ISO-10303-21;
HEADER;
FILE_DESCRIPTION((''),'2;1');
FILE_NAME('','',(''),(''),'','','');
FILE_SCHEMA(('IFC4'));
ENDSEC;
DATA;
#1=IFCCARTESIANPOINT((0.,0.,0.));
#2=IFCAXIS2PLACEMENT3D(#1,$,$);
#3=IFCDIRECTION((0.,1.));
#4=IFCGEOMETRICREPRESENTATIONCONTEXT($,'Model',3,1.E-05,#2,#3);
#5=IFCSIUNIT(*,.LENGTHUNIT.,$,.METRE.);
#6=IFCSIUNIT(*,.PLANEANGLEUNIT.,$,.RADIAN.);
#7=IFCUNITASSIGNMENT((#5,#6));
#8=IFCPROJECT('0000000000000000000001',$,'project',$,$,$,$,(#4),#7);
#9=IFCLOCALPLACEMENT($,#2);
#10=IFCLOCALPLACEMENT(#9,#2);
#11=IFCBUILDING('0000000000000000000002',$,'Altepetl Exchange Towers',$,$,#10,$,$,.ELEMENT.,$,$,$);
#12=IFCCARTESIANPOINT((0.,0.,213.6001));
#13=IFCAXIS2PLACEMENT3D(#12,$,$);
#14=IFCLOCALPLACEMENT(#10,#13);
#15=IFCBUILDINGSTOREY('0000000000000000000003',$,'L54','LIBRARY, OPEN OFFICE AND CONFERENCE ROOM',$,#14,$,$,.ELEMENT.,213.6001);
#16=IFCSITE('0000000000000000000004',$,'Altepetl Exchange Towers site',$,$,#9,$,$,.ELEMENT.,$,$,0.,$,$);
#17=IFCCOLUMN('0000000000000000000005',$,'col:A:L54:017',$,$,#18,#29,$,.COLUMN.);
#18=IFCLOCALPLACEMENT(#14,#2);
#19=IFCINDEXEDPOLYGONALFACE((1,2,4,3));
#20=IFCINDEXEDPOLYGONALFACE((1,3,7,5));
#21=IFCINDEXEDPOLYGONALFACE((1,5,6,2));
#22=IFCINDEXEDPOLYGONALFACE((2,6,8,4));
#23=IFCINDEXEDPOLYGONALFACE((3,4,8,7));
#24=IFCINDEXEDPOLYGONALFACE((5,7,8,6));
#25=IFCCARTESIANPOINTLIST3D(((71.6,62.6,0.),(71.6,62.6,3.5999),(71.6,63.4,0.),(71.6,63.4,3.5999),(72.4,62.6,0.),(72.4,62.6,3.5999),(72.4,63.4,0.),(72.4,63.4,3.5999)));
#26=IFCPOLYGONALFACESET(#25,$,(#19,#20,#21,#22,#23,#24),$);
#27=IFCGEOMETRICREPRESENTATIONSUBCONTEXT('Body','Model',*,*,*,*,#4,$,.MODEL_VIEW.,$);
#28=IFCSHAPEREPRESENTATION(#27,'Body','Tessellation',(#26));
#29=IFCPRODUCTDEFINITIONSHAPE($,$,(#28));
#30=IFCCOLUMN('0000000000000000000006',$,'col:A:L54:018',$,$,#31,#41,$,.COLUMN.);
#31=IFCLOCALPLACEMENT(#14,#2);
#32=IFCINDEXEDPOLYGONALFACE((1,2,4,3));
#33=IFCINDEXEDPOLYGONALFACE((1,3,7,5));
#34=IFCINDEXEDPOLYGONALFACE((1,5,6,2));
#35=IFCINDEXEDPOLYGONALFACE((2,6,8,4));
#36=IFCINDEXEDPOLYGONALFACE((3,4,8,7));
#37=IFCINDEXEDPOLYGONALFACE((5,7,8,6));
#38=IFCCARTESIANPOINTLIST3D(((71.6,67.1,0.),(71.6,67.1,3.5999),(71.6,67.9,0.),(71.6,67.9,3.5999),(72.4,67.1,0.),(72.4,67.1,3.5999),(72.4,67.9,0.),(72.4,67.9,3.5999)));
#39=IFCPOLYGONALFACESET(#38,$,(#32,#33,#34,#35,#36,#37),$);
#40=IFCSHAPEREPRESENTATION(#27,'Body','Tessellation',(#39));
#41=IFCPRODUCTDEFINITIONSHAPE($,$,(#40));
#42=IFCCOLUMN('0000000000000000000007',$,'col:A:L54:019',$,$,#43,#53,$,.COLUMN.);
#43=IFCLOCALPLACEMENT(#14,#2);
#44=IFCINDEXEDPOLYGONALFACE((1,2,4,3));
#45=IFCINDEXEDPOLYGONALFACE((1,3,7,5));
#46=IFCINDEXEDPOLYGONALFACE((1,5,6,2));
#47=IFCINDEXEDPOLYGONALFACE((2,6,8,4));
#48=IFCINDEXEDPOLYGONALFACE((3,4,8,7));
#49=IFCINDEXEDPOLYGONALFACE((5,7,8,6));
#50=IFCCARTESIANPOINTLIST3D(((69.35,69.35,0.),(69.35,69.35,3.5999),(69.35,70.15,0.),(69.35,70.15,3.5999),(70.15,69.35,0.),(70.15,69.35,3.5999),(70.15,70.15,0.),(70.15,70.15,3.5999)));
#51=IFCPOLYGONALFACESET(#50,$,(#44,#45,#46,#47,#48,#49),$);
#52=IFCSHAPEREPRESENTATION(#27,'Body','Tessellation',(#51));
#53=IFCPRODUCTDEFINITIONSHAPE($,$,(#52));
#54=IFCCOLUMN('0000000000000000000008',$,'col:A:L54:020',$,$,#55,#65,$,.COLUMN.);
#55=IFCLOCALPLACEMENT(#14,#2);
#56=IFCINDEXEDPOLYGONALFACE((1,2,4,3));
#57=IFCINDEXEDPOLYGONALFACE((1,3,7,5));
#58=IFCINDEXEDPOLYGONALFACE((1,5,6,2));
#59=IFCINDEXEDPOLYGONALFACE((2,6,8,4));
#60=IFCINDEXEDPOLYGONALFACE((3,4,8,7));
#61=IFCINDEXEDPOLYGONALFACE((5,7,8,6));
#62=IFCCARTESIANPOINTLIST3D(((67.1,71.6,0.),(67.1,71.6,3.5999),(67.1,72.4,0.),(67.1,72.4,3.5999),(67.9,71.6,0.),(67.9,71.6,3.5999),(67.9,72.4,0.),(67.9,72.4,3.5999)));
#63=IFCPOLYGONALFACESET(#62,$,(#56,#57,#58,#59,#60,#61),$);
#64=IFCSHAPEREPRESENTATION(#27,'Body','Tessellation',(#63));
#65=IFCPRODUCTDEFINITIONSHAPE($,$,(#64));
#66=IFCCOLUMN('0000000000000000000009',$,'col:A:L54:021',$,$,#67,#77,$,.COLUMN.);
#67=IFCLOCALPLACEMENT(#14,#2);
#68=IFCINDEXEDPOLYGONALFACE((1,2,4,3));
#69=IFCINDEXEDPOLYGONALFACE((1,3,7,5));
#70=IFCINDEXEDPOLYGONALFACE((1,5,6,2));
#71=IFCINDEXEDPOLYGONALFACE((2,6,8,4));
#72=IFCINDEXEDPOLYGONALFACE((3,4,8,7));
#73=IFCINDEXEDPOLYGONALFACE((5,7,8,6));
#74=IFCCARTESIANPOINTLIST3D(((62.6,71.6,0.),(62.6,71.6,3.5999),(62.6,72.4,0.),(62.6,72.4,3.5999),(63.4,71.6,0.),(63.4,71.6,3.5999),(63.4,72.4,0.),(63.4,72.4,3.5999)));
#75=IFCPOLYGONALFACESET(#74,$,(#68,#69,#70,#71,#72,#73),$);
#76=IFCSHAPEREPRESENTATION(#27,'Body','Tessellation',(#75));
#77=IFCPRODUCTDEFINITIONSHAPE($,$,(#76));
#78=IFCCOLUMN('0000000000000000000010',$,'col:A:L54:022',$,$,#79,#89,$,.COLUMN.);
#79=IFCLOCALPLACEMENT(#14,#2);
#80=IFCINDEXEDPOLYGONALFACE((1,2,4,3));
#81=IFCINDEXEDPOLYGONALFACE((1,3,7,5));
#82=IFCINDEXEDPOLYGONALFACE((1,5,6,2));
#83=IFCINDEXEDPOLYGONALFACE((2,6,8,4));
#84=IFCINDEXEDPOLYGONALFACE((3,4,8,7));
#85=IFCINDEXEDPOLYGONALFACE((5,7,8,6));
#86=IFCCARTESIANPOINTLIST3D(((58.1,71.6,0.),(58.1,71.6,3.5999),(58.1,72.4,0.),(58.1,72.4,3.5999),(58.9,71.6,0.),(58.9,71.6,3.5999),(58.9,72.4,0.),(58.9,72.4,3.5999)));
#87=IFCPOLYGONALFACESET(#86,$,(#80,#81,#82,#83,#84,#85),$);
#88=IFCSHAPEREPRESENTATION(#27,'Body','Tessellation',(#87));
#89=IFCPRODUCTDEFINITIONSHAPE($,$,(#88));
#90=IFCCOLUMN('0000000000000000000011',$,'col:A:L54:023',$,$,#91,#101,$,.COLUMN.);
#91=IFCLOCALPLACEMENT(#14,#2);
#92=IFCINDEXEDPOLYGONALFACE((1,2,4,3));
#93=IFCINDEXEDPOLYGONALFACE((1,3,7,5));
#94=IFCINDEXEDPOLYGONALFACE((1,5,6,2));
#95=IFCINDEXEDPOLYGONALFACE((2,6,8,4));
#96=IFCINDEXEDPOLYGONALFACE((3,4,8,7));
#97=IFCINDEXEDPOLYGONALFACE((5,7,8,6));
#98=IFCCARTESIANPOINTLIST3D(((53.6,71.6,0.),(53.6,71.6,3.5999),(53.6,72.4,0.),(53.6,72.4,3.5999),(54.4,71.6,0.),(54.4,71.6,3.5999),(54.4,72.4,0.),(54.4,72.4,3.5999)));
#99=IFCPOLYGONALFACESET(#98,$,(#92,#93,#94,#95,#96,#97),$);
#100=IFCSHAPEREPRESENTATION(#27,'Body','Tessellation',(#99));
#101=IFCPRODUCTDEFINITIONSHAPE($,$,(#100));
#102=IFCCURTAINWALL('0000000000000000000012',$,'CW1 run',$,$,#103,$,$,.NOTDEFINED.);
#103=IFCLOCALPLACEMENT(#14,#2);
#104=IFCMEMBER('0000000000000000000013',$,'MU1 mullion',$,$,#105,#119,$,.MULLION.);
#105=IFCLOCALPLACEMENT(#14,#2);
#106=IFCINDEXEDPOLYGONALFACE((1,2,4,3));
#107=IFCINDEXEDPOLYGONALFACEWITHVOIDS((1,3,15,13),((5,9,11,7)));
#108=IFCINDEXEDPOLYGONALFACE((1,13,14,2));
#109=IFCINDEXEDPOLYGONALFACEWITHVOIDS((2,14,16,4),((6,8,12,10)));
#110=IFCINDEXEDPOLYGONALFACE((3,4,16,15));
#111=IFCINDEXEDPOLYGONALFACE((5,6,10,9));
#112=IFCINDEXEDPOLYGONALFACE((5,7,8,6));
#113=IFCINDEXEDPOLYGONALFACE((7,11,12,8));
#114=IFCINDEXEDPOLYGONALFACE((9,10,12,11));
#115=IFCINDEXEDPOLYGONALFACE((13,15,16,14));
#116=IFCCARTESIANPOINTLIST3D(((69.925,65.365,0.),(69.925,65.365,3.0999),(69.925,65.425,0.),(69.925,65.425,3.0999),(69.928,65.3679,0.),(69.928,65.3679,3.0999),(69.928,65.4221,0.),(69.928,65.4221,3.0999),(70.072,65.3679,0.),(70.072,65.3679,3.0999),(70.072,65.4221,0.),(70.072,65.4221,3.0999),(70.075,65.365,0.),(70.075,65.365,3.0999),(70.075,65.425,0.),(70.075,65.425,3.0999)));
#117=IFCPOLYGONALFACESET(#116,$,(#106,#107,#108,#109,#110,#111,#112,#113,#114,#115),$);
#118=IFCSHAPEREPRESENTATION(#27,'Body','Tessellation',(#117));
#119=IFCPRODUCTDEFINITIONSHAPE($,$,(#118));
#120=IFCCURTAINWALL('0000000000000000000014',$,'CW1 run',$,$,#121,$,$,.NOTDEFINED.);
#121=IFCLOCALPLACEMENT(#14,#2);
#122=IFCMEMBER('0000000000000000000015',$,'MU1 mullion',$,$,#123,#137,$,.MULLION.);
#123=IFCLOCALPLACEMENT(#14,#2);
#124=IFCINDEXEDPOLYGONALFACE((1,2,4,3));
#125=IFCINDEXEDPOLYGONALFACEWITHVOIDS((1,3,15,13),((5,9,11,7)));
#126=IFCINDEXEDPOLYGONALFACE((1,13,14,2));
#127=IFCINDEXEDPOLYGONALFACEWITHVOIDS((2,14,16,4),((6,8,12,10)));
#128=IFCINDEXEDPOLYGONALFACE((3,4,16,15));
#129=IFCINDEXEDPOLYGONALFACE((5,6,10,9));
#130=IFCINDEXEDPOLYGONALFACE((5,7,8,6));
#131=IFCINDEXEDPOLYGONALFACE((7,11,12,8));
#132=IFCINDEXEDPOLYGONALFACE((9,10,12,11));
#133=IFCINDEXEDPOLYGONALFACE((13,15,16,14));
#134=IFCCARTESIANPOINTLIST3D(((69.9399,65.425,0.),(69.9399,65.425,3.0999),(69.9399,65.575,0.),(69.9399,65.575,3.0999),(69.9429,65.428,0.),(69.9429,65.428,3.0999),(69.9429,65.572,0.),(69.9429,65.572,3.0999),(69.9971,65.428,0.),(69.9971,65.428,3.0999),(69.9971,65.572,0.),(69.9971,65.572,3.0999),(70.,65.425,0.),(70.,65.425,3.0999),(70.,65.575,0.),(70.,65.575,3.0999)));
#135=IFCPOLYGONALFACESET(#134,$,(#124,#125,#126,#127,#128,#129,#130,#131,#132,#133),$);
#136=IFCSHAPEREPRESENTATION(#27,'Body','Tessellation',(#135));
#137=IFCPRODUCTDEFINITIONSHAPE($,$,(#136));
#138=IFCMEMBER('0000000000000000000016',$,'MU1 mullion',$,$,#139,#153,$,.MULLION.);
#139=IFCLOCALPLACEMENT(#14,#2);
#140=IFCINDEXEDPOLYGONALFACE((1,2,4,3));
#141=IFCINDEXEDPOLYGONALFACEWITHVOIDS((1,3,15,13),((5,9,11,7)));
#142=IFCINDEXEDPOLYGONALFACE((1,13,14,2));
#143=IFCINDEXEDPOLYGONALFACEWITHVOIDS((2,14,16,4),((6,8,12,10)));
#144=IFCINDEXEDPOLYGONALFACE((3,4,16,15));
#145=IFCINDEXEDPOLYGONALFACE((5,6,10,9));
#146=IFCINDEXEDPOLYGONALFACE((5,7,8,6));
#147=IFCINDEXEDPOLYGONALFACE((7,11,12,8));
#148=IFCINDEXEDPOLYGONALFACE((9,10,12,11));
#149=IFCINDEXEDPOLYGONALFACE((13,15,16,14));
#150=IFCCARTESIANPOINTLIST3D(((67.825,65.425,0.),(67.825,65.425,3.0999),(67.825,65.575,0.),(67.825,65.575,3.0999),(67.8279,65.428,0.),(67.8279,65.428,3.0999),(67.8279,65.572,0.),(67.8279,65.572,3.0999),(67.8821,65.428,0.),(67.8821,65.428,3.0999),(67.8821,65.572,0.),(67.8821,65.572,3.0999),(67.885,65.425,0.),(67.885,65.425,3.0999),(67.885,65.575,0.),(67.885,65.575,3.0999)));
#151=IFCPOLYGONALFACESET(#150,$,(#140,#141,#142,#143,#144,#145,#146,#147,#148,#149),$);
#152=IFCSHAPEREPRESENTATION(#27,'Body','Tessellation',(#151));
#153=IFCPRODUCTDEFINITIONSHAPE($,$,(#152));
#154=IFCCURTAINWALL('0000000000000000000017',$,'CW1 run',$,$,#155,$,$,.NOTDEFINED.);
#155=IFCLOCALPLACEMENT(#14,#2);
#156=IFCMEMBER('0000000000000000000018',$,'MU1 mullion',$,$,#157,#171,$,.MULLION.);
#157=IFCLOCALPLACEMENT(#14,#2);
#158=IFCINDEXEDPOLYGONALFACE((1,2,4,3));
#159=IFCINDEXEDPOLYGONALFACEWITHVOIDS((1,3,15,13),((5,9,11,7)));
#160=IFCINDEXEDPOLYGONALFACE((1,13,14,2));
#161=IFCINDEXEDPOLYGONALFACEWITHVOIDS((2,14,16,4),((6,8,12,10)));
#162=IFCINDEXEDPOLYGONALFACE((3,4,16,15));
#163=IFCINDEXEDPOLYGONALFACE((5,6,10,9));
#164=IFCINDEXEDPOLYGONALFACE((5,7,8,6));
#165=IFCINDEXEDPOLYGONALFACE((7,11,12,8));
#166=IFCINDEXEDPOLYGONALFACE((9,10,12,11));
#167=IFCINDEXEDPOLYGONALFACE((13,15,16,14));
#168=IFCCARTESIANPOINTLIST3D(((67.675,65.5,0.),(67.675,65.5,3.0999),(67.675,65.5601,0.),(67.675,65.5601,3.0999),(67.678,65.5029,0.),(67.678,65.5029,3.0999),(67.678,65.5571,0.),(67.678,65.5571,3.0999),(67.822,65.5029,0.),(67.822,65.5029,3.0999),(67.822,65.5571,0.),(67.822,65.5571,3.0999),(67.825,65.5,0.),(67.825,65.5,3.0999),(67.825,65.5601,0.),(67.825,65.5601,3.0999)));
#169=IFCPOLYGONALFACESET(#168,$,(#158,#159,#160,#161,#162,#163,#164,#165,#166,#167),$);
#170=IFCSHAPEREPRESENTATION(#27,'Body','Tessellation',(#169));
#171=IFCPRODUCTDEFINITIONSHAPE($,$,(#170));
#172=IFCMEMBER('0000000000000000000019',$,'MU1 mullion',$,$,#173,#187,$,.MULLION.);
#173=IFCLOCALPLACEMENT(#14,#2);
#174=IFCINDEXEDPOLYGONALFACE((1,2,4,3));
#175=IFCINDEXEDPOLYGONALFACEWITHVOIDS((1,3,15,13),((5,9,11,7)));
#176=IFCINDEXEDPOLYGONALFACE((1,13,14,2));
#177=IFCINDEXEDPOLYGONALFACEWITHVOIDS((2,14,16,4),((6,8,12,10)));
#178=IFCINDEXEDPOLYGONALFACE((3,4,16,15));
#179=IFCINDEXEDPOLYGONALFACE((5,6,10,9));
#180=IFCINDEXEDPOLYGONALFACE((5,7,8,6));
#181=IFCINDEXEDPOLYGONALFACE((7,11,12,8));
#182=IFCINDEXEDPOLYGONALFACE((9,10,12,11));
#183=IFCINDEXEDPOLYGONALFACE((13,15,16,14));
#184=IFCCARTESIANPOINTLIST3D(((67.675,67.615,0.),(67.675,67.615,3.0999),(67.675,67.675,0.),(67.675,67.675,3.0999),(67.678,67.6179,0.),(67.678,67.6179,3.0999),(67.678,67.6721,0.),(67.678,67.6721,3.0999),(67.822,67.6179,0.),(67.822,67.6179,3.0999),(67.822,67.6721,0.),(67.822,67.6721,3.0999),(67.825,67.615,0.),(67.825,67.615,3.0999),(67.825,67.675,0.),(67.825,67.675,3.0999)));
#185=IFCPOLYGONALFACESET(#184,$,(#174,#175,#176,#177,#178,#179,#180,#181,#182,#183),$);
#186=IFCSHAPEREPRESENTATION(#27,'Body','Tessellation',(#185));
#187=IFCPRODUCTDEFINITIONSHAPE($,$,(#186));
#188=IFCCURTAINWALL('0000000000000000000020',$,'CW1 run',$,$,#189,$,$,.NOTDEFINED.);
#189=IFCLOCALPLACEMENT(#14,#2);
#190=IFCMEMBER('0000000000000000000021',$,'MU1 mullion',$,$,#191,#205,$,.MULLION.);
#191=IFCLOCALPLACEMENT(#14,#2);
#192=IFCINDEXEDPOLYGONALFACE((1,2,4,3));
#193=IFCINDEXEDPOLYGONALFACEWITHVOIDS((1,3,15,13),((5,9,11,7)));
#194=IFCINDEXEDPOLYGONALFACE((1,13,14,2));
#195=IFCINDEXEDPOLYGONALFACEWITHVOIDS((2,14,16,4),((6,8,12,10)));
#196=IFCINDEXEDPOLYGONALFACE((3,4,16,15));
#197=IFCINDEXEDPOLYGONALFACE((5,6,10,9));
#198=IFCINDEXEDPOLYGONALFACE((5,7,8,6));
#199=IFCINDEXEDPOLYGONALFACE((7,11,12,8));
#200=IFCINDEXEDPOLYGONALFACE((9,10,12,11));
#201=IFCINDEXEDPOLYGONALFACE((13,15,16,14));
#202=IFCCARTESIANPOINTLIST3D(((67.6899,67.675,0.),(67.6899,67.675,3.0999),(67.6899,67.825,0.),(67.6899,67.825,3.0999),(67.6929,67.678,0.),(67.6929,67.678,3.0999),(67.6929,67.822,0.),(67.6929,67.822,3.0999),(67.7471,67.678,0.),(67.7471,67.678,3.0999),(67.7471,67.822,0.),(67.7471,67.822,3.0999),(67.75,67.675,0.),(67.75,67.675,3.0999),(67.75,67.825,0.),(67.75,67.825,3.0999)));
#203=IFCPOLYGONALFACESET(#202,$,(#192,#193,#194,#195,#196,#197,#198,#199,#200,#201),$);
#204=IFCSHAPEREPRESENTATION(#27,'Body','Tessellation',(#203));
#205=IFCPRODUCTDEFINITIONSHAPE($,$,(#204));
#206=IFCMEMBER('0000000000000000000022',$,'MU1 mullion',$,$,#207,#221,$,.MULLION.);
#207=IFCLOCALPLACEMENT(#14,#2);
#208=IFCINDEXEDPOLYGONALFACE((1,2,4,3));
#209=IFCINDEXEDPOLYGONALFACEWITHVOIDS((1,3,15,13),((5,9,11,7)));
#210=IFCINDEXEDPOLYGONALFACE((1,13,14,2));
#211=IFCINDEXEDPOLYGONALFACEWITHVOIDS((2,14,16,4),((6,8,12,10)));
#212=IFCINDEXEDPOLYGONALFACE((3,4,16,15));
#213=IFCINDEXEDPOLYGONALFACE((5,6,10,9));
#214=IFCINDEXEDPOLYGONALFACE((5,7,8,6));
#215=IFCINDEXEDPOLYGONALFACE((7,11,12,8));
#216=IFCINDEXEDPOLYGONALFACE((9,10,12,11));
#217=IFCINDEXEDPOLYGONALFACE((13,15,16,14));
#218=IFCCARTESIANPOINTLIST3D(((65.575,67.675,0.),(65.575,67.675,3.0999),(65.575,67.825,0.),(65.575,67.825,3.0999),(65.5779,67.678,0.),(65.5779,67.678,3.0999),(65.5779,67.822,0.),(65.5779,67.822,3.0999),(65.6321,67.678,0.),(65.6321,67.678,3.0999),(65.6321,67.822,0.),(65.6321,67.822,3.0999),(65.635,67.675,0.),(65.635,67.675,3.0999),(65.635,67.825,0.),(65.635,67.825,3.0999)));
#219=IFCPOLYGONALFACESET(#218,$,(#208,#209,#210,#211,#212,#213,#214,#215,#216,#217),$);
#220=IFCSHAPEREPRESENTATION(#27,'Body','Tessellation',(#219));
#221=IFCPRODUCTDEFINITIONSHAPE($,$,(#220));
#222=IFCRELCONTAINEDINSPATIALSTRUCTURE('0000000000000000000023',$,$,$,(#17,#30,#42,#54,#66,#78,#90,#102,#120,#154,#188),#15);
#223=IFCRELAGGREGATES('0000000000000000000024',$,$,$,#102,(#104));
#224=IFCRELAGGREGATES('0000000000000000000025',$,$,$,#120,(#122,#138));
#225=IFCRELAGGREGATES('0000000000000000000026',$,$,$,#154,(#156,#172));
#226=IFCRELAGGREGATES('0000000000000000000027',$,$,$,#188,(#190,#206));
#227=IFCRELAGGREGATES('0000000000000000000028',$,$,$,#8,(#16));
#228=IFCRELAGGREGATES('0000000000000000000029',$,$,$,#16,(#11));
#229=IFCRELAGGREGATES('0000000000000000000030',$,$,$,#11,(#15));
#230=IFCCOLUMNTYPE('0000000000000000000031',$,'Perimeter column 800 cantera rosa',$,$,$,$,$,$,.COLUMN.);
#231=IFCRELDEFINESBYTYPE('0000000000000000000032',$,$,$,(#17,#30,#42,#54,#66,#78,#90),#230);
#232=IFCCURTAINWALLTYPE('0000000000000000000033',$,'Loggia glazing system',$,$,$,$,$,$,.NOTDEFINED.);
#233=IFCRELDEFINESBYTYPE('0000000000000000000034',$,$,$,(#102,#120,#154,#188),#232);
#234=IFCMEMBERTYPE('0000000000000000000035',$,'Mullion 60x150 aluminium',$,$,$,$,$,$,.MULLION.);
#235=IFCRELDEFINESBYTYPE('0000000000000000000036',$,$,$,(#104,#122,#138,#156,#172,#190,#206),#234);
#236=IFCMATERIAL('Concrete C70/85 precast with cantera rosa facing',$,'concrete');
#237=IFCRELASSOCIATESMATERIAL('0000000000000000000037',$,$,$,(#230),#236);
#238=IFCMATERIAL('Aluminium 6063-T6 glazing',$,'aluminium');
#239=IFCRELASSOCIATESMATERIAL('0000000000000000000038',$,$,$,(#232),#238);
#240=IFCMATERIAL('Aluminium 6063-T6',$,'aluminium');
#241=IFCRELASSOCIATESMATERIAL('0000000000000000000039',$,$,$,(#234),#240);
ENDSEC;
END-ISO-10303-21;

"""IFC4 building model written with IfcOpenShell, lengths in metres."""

from ifc_helpers import new_model, si_unit, direction, frame, origin, origin_2d, place, context, subcontext, project, spatial, rectangle, hollow_rectangle, extrude, material, material_profile, profile_set, type_object, element, aggregate, save


model = new_model("IFC4")

# Units and contexts
model_context = context("Model", 3, precision=1e-05, world=origin(), true_north=direction((0.0, 1.0)))
body_context = subcontext(model_context, "Body", "Model", "MODEL_VIEW")
ifc_project = project(units=[si_unit("LENGTHUNIT", "METRE"), si_unit("PLANEANGLEUNIT", "RADIAN")], contexts=[model_context])

# Site, building, storey
site_placement = place(None, origin())
site = spatial("IfcSite", under=ifc_project, at=site_placement, Name="Altepetl Exchange Towers site", CompositionType="ELEMENT", RefElevation=0.0)
building_placement = place(site_placement, origin())
building = spatial("IfcBuilding", under=site, at=building_placement, Name="Altepetl Exchange Towers", CompositionType="ELEMENT")
storey_placement = place(building_placement, frame((0.0, 0.0, 213.6001)))
storey = spatial("IfcBuildingStorey", under=building, at=storey_placement, Name="L54", Description="LIBRARY, OPEN OFFICE AND CONFERENCE ROOM", CompositionType="ELEMENT", Elevation=213.6001)

# Columns
ifc_material_1 = material(Name="Concrete C70/85 precast with cantera rosa facing", Category="concrete")
ifc_material_profile_1 = material_profile(ifc_material_1, rectangle(XDim=0.8, YDim=0.8, at=origin_2d()), Name="800 x 800")
ifc_profile_set_1 = profile_set([ifc_material_profile_1], Name="Concrete C70/85 precast with cantera rosa facing")
column_type = type_object("IfcColumnType", Name="Perimeter column 800 cantera rosa", PredefinedType="COLUMN", material=ifc_profile_set_1)
for number, where, name in (
    (1, (72.0, 63.0, 0.0), "col:A:L54:017"),
    (2, (72.0, 67.5, 0.0), "col:A:L54:018"),
    (3, (69.75, 69.75, 0.0), "col:A:L54:019"),
    (4, (67.5, 72.0, 0.0), "col:A:L54:020"),
    (5, (63.0, 72.0, 0.0), "col:A:L54:021"),
    (6, (58.5, 72.0, 0.0), "col:A:L54:022"),
    (7, (54.0, 72.0, 0.0), "col:A:L54:023"),
):
    element("IfcColumn", number, at=place(storey_placement, frame(where)), inside=storey, type_object=column_type, Name=name, PredefinedType="COLUMN", context=body_context, shape_type="SweptSolid", body=[
        extrude(rectangle(XDim=0.8, YDim=0.8, at=origin_2d()), origin(), (0.0, 0.0, 1.0), 3.5999),
    ])

# Curtain wall, member
ifc_material_2 = material(Name="Aluminium 6063-T6 glazing", Category="aluminium")
curtain_wall_type = type_object("IfcCurtainWallType", Name="Loggia glazing system", PredefinedType="NOTDEFINED", material=ifc_material_2)
curtain_wall_1_placement = place(storey_placement, origin())
curtain_wall_1 = element("IfcCurtainWall", 8, at=curtain_wall_1_placement, inside=storey, type_object=curtain_wall_type, Name="CW1 run", PredefinedType="NOTDEFINED")
ifc_material_3 = material(Name="Aluminium 6063-T6", Category="aluminium")
ifc_material_profile_2 = material_profile(ifc_material_3, hollow_rectangle(XDim=0.0601, YDim=0.1499, WallThickness=0.0029, at=origin_2d()), Name="Mullion 60x150 aluminium")
ifc_profile_set_2 = profile_set([ifc_material_profile_2], Name="Aluminium 6063-T6")
member_type = type_object("IfcMemberType", Name="Mullion 60x150 aluminium", PredefinedType="MULLION", material=ifc_profile_set_2)
member_1_placement = place(storey_placement, frame((70.0, 65.395, 0.0), z_axis=(0.0, 0.0, 1.0), x_axis=(0.0, 1.0, 0.0)))
member_1 = element("IfcMember", 9, at=member_1_placement, type_object=member_type, Name="MU1 mullion", PredefinedType="MULLION", context=body_context, shape_type="SweptSolid", body=[
    extrude(hollow_rectangle(XDim=0.0601, YDim=0.1499, WallThickness=0.0029, at=origin_2d()), origin(), (0.0, 0.0, 1.0), 3.0999),
])

# Curtain walls, members
curtain_wall_2_placement = place(storey_placement, origin())
curtain_wall_2 = element("IfcCurtainWall", 10, at=curtain_wall_2_placement, inside=storey, type_object=curtain_wall_type, Name="CW1 run", PredefinedType="NOTDEFINED")
member_2_placement = place(storey_placement, frame((69.97, 65.5, 0.0), z_axis=(0.0, 0.0, 1.0), x_axis=(-1.0, 0.0, 0.0)))
member_2 = element("IfcMember", 11, at=member_2_placement, type_object=member_type, Name="MU1 mullion", PredefinedType="MULLION", context=body_context, shape_type="SweptSolid", body=[
    extrude(hollow_rectangle(XDim=0.0601, YDim=0.1499, WallThickness=0.0029, at=origin_2d()), origin(), (0.0, 0.0, 1.0), 3.0999),
])
member_3_placement = place(storey_placement, frame((67.855, 65.5, 0.0), z_axis=(0.0, 0.0, 1.0), x_axis=(-1.0, 0.0, 0.0)))
member_3 = element("IfcMember", 12, at=member_3_placement, type_object=member_type, Name="MU1 mullion", PredefinedType="MULLION", context=body_context, shape_type="SweptSolid", body=[
    extrude(hollow_rectangle(XDim=0.0601, YDim=0.1499, WallThickness=0.0029, at=origin_2d()), origin(), (0.0, 0.0, 1.0), 3.0999),
])
curtain_wall_3_placement = place(storey_placement, origin())
curtain_wall_3 = element("IfcCurtainWall", 13, at=curtain_wall_3_placement, inside=storey, type_object=curtain_wall_type, Name="CW1 run", PredefinedType="NOTDEFINED")
member_4_placement = place(storey_placement, frame((67.75, 65.53, 0.0), z_axis=(0.0, 0.0, 1.0), x_axis=(0.0, 1.0, 0.0)))
member_4 = element("IfcMember", 14, at=member_4_placement, type_object=member_type, Name="MU1 mullion", PredefinedType="MULLION", context=body_context, shape_type="SweptSolid", body=[
    extrude(hollow_rectangle(XDim=0.0601, YDim=0.1499, WallThickness=0.0029, at=origin_2d()), origin(), (0.0, 0.0, 1.0), 3.0999),
])
member_5_placement = place(storey_placement, frame((67.75, 67.645, 0.0), z_axis=(0.0, 0.0, 1.0), x_axis=(0.0, 1.0, 0.0)))
member_5 = element("IfcMember", 15, at=member_5_placement, type_object=member_type, Name="MU1 mullion", PredefinedType="MULLION", context=body_context, shape_type="SweptSolid", body=[
    extrude(hollow_rectangle(XDim=0.0601, YDim=0.1499, WallThickness=0.0029, at=origin_2d()), origin(), (0.0, 0.0, 1.0), 3.0999),
])
curtain_wall_4_placement = place(storey_placement, origin())
curtain_wall_4 = element("IfcCurtainWall", 16, at=curtain_wall_4_placement, inside=storey, type_object=curtain_wall_type, Name="CW1 run", PredefinedType="NOTDEFINED")
member_6_placement = place(storey_placement, frame((67.72, 67.75, 0.0), z_axis=(0.0, 0.0, 1.0), x_axis=(-1.0, 0.0, 0.0)))
member_6 = element("IfcMember", 17, at=member_6_placement, type_object=member_type, Name="MU1 mullion", PredefinedType="MULLION", context=body_context, shape_type="SweptSolid", body=[
    extrude(hollow_rectangle(XDim=0.0601, YDim=0.1499, WallThickness=0.0029, at=origin_2d()), origin(), (0.0, 0.0, 1.0), 3.0999),
])
member_7_placement = place(storey_placement, frame((65.605, 67.75, 0.0), z_axis=(0.0, 0.0, 1.0), x_axis=(-1.0, 0.0, 0.0)))
member_7 = element("IfcMember", 18, at=member_7_placement, type_object=member_type, Name="MU1 mullion", PredefinedType="MULLION", context=body_context, shape_type="SweptSolid", body=[
    extrude(hollow_rectangle(XDim=0.0601, YDim=0.1499, WallThickness=0.0029, at=origin_2d()), origin(), (0.0, 0.0, 1.0), 3.0999),
])

aggregate(curtain_wall_1, [member_1])
aggregate(curtain_wall_2, [member_2, member_3])
aggregate(curtain_wall_3, [member_4, member_5])
aggregate(curtain_wall_4, [member_6, member_7])

save(model, "model.ifc")
